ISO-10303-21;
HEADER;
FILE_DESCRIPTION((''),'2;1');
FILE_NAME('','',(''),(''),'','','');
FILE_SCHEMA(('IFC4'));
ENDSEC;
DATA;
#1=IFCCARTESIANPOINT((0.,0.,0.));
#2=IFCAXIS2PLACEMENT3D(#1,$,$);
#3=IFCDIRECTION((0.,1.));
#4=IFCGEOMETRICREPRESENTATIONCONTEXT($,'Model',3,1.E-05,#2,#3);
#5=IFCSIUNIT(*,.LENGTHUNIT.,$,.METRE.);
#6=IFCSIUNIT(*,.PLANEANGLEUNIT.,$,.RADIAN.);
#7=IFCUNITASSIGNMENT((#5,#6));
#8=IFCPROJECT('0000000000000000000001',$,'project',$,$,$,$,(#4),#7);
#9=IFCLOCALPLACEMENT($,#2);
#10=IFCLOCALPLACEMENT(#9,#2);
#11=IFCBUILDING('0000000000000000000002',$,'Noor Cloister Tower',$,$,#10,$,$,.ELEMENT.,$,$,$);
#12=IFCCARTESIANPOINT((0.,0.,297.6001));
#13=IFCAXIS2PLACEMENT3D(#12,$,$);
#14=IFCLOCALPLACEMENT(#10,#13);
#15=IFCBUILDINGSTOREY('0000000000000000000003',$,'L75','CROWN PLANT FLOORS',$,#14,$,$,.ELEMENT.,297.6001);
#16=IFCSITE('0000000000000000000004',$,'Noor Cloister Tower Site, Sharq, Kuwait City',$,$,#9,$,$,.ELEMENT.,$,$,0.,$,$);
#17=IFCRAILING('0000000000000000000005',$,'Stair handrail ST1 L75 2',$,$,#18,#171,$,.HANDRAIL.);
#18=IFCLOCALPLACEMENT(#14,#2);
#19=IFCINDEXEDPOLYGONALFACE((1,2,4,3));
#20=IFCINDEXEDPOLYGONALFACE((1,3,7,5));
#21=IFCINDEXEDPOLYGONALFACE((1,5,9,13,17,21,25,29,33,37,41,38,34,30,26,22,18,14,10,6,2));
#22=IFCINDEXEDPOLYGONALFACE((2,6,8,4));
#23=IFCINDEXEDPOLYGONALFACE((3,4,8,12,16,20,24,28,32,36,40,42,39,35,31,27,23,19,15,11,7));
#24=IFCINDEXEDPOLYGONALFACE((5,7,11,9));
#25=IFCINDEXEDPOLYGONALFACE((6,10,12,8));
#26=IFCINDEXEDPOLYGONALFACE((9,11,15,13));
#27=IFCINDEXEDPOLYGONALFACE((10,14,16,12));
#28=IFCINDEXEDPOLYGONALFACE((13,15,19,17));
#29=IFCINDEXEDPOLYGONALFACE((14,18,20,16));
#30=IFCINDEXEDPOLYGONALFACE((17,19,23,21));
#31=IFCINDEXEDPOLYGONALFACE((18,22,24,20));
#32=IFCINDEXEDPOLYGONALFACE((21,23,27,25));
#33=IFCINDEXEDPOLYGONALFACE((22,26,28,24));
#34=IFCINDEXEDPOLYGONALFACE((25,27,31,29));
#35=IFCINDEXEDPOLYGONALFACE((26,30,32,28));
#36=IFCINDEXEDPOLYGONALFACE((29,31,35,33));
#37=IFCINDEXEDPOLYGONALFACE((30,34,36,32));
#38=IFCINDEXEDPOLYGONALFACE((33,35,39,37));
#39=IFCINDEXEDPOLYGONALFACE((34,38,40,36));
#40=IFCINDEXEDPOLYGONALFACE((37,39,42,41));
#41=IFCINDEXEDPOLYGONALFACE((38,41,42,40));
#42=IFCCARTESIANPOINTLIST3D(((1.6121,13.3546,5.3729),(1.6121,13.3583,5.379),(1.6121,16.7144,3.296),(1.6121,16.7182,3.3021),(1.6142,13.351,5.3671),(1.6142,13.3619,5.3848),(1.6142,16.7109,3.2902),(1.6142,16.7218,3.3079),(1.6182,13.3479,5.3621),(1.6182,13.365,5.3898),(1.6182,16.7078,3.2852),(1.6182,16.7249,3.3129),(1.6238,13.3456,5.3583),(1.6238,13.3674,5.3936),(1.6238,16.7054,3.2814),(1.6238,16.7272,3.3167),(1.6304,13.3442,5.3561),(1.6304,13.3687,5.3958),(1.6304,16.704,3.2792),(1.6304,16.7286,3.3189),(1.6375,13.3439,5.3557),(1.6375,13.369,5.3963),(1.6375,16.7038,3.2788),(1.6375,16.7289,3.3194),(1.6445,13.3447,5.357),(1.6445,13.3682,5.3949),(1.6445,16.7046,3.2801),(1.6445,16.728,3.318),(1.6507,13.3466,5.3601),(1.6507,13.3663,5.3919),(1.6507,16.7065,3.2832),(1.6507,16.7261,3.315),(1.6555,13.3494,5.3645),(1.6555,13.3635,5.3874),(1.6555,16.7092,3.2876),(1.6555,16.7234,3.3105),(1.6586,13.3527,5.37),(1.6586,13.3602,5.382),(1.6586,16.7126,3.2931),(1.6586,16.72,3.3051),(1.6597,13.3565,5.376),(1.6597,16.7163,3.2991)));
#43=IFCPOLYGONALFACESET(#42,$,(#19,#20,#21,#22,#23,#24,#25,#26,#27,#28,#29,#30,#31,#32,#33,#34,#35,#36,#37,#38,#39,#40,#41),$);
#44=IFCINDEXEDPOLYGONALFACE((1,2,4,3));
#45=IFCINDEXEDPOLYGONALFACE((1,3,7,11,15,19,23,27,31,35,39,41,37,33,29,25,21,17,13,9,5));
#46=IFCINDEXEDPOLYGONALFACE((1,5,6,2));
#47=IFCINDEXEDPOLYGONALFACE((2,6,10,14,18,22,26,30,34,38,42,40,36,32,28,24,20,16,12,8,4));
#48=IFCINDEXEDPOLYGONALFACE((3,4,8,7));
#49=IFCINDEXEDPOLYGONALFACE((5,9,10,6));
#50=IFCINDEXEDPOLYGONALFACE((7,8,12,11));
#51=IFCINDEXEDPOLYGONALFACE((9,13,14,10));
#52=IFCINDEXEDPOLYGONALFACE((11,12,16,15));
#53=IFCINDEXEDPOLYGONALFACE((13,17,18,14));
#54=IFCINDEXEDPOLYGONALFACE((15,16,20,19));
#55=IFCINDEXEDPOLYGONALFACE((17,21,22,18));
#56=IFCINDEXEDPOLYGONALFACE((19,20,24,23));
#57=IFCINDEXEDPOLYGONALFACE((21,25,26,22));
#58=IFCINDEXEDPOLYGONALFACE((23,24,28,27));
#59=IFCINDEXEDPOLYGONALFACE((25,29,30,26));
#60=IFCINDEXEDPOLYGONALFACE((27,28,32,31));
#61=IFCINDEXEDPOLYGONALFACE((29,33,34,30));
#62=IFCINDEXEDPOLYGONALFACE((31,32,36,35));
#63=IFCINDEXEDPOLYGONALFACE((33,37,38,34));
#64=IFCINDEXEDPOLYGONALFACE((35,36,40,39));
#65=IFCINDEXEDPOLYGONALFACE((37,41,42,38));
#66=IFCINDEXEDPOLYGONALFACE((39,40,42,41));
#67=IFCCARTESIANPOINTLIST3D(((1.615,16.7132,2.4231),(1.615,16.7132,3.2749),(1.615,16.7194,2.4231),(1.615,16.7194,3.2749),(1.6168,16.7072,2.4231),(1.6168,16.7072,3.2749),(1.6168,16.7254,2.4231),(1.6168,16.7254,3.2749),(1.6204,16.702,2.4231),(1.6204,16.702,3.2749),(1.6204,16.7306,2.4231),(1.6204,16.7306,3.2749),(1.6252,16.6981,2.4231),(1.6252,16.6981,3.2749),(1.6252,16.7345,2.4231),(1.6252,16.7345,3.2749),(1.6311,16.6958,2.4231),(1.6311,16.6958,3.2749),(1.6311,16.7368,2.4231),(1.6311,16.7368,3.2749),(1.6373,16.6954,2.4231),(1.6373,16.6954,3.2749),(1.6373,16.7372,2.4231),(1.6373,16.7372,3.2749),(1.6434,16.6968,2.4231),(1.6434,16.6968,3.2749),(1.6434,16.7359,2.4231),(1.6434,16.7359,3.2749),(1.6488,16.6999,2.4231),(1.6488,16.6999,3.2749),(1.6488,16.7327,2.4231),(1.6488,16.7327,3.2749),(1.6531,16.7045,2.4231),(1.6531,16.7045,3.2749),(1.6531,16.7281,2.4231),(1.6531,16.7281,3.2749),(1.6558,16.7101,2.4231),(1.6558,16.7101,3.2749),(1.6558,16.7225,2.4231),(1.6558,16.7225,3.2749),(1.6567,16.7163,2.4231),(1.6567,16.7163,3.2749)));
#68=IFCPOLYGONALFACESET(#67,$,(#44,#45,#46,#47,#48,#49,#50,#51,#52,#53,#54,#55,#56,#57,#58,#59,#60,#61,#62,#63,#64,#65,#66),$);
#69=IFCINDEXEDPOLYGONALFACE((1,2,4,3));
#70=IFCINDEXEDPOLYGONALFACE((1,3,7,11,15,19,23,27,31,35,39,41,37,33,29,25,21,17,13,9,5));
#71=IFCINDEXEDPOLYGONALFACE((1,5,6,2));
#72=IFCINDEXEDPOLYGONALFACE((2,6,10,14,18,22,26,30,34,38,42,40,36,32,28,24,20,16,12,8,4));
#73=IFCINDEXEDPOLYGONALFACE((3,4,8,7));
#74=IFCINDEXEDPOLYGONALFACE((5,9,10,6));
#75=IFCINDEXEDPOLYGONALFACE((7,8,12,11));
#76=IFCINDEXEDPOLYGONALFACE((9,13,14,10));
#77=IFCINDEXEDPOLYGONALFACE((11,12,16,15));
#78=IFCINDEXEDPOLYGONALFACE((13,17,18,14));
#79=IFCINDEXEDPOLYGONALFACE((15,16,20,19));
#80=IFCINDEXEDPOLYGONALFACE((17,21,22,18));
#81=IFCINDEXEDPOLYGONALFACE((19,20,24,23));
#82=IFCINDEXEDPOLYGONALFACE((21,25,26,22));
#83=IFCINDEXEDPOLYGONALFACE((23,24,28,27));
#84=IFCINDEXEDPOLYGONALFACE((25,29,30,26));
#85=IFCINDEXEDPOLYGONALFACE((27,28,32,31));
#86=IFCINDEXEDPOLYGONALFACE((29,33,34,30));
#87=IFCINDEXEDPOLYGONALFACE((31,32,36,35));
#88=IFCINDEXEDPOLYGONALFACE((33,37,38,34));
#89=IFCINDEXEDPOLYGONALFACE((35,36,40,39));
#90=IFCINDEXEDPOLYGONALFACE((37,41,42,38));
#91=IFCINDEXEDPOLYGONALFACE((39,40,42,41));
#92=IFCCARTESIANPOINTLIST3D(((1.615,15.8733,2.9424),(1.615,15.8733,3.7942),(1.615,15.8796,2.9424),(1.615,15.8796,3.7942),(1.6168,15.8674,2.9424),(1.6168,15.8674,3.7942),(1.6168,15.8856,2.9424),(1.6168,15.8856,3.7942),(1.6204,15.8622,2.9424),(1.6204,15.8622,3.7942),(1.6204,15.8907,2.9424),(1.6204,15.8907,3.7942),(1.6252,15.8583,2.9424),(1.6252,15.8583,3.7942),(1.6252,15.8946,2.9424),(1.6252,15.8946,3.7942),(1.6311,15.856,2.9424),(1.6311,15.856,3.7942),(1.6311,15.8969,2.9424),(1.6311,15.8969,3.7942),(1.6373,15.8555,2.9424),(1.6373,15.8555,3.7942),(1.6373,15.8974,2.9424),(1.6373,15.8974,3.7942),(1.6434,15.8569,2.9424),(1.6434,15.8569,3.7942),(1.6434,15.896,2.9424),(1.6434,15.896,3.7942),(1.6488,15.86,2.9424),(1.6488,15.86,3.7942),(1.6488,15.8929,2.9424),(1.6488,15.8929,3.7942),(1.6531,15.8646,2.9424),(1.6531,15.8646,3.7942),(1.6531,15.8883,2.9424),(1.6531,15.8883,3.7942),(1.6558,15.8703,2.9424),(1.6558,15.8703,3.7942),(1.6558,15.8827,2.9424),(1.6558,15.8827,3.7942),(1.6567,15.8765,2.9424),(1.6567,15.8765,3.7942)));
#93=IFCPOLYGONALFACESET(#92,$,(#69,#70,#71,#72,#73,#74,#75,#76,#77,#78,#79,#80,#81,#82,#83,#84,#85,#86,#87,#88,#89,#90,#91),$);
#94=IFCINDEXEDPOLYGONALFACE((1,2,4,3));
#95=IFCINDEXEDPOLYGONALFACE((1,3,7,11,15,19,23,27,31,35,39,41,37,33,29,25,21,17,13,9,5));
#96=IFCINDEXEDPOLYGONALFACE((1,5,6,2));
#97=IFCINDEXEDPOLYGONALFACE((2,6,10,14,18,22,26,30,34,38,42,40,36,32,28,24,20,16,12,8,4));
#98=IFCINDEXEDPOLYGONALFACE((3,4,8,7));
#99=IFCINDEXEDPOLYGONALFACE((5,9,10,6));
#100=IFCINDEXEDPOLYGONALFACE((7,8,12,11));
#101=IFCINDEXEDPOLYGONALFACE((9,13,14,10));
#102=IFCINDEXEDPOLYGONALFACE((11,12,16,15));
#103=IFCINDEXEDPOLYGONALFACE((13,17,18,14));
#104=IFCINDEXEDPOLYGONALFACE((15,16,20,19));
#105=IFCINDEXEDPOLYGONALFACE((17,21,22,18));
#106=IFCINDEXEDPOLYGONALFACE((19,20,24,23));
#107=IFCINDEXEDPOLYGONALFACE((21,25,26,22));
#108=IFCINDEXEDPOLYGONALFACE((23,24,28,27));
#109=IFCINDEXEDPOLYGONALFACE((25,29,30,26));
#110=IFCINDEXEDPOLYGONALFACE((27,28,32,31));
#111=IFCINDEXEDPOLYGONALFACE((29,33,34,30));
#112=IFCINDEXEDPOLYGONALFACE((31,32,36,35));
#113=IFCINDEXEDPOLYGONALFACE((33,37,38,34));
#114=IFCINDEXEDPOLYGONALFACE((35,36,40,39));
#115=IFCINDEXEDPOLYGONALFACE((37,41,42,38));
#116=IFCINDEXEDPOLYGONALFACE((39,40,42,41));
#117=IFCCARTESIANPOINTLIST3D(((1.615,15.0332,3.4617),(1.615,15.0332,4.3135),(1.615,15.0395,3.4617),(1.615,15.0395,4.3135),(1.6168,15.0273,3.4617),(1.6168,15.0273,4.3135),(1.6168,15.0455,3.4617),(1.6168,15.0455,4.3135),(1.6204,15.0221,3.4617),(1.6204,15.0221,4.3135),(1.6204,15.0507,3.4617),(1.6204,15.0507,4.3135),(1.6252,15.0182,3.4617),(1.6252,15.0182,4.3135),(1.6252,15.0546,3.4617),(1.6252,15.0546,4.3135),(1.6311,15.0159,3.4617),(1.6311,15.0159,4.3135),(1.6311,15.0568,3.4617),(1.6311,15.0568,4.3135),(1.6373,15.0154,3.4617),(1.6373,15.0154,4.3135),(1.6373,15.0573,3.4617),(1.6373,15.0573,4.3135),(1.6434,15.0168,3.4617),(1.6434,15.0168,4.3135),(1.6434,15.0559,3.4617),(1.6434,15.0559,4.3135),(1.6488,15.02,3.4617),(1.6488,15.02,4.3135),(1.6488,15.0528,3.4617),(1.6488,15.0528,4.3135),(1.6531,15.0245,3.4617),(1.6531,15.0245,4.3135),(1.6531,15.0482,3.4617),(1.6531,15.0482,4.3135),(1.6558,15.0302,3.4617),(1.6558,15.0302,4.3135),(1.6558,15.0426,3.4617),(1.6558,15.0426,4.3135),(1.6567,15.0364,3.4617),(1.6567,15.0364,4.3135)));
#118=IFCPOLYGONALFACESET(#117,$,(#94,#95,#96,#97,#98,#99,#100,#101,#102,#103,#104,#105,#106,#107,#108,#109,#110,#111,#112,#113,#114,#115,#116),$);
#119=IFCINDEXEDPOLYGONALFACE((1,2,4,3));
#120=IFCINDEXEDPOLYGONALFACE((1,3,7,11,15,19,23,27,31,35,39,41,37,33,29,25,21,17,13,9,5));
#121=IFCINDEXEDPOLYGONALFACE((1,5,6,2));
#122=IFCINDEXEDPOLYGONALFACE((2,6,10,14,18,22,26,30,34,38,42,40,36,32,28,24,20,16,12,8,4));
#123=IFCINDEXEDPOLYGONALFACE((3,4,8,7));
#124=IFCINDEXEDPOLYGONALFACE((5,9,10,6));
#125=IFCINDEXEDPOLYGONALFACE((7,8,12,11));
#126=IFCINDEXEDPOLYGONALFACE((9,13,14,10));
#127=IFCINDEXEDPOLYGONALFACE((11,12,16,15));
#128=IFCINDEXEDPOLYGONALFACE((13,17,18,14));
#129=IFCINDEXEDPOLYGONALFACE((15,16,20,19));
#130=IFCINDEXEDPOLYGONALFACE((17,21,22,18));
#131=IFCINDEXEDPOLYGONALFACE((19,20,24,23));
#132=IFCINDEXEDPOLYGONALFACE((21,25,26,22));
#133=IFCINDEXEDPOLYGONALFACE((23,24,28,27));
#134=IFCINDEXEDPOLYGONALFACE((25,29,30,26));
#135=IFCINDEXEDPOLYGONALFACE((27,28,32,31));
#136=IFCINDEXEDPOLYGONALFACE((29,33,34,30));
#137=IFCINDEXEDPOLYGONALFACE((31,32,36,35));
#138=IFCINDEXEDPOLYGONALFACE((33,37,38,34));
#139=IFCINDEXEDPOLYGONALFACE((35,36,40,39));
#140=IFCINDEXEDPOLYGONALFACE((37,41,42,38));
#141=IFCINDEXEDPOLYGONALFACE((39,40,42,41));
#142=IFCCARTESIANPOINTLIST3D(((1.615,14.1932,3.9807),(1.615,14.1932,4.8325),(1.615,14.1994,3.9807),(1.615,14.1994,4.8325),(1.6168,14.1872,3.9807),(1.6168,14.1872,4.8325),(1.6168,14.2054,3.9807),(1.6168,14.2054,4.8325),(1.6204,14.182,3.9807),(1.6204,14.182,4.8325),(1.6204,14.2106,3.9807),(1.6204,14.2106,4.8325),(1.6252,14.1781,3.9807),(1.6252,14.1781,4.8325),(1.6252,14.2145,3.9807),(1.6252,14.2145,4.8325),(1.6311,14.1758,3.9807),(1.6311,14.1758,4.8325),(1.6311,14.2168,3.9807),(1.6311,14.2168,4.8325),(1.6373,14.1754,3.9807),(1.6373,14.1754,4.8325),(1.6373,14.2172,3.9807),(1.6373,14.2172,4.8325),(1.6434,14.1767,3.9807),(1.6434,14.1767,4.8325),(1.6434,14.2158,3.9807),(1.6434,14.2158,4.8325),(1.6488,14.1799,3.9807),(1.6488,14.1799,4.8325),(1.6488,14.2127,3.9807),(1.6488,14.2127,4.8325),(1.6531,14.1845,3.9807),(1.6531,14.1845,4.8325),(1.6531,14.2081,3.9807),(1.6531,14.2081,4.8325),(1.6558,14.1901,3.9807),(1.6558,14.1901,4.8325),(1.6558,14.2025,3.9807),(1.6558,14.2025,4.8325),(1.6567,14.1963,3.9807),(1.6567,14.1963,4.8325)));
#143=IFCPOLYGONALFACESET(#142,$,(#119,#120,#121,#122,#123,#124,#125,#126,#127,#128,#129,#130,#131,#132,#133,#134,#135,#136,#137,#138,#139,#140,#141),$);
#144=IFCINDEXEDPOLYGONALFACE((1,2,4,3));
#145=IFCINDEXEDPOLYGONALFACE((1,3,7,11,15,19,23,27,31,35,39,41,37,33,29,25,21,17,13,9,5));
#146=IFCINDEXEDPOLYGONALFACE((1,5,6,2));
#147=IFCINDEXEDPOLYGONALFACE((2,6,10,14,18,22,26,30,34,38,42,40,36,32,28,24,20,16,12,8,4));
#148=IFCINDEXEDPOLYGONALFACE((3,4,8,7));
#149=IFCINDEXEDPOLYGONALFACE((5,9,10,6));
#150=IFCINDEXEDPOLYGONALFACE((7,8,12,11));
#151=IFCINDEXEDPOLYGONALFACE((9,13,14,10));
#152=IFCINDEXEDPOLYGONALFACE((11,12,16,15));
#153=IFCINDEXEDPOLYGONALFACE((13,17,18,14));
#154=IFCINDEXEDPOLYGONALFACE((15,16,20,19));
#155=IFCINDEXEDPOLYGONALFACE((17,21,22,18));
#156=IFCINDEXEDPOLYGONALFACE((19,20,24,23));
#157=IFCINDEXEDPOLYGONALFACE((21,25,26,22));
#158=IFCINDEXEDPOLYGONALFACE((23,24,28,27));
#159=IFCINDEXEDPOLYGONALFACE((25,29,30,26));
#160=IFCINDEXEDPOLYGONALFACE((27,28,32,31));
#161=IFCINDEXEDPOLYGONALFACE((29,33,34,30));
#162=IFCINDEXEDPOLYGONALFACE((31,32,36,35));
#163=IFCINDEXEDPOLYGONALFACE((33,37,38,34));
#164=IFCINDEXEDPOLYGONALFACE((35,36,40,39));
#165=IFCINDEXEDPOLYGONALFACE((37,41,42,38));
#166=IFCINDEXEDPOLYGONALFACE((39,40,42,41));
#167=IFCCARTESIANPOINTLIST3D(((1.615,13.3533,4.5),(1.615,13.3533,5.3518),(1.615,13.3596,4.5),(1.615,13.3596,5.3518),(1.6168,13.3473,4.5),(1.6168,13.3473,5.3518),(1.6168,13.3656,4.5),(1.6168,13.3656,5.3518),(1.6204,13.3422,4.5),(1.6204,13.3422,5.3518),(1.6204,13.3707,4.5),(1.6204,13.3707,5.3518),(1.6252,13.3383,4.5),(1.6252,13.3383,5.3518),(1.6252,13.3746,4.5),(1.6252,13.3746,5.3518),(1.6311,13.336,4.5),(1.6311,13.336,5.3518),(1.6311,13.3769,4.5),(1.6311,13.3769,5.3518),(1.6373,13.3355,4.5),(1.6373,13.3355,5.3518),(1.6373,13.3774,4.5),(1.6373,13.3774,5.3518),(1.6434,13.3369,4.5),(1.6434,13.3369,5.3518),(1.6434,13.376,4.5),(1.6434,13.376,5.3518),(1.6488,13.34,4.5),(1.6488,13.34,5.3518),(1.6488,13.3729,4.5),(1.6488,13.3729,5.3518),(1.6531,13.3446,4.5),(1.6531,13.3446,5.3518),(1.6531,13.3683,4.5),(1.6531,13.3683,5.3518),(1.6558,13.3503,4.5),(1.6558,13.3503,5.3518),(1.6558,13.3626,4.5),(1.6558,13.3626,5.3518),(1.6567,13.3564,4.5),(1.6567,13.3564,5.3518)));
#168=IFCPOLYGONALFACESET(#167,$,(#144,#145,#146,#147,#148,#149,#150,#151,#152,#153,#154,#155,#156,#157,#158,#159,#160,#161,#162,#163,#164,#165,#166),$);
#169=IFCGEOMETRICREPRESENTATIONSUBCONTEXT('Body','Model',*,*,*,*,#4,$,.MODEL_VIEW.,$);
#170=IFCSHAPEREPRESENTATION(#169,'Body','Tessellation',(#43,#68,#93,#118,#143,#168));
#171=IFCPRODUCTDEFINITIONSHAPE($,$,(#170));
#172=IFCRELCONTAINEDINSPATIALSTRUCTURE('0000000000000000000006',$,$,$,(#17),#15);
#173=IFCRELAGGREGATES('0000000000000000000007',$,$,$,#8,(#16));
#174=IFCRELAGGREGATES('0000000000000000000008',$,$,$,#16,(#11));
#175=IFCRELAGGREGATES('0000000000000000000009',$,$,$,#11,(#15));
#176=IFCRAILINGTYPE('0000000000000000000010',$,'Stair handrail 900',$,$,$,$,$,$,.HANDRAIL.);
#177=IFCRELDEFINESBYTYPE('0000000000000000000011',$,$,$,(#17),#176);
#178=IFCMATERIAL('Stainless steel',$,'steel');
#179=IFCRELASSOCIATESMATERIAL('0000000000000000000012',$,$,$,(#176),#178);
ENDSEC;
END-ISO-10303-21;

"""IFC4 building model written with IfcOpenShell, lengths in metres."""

from ifc_helpers import new_model, si_unit, direction, frame, origin, origin_2d, place, context, subcontext, project, spatial, circle, extrude, material, type_object, element, save


model = new_model("IFC4")

# Units and contexts
model_context = context("Model", 3, precision=1e-05, world=origin(), true_north=direction((0.0, 1.0)))
body_context = subcontext(model_context, "Body", "Model", "MODEL_VIEW")
ifc_project = project(units=[si_unit("LENGTHUNIT", "METRE"), si_unit("PLANEANGLEUNIT", "RADIAN")], contexts=[model_context])

# Site, building, storey
site_placement = place(None, origin())
site = spatial("IfcSite", under=ifc_project, at=site_placement, Name="Noor Cloister Tower Site, Sharq, Kuwait City", CompositionType="ELEMENT", RefElevation=0.0)
building_placement = place(site_placement, origin())
building = spatial("IfcBuilding", under=site, at=building_placement, Name="Noor Cloister Tower", CompositionType="ELEMENT")
storey_placement = place(building_placement, frame((0.0, 0.0, 297.6001)))
storey = spatial("IfcBuildingStorey", under=building, at=storey_placement, Name="L75", Description="CROWN PLANT FLOORS", CompositionType="ELEMENT", Elevation=297.6001)

# Railing
ifc_material_1 = material(Name="Stainless steel", Category="steel")
railing_type_1 = type_object("IfcRailingType", Name="Stair handrail 900", PredefinedType="HANDRAIL", material=ifc_material_1)
railing_1_placement = place(storey_placement, frame((1.6357, 16.7163, 2.4231)))
element("IfcRailing", 1, at=railing_1_placement, inside=storey, type_object=railing_type_1, Name="Stair handrail ST1 L75 2", PredefinedType="HANDRAIL", context=body_context, shape_type="SweptSolid", body=[
    extrude(circle(Radius=0.0239, at=origin_2d()), frame((0.0, 0.0, 0.876), z_axis=(0.0, -0.850606, 0.525803), x_axis=(1.0, 0.0, 0.0)), (0.0, 0.0, 1.0), 3.95),
    extrude(circle(Radius=0.021, at=origin_2d()), origin(), (0.0, 0.0, 1.0), 0.8518),
    extrude(circle(Radius=0.021, at=origin_2d()), frame((0.0, -0.8398, 0.5193)), (0.0, 0.0, 1.0), 0.8518),
    extrude(circle(Radius=0.021, at=origin_2d()), frame((0.0, -1.6799, 1.0386)), (0.0, 0.0, 1.0), 0.8518),
    extrude(circle(Radius=0.021, at=origin_2d()), frame((0.0, -2.52, 1.5576)), (0.0, 0.0, 1.0), 0.8518),
    extrude(circle(Radius=0.021, at=origin_2d()), frame((0.0, -3.3599, 2.0769)), (0.0, 0.0, 1.0), 0.8518),
])

save(model, "model.ifc")
